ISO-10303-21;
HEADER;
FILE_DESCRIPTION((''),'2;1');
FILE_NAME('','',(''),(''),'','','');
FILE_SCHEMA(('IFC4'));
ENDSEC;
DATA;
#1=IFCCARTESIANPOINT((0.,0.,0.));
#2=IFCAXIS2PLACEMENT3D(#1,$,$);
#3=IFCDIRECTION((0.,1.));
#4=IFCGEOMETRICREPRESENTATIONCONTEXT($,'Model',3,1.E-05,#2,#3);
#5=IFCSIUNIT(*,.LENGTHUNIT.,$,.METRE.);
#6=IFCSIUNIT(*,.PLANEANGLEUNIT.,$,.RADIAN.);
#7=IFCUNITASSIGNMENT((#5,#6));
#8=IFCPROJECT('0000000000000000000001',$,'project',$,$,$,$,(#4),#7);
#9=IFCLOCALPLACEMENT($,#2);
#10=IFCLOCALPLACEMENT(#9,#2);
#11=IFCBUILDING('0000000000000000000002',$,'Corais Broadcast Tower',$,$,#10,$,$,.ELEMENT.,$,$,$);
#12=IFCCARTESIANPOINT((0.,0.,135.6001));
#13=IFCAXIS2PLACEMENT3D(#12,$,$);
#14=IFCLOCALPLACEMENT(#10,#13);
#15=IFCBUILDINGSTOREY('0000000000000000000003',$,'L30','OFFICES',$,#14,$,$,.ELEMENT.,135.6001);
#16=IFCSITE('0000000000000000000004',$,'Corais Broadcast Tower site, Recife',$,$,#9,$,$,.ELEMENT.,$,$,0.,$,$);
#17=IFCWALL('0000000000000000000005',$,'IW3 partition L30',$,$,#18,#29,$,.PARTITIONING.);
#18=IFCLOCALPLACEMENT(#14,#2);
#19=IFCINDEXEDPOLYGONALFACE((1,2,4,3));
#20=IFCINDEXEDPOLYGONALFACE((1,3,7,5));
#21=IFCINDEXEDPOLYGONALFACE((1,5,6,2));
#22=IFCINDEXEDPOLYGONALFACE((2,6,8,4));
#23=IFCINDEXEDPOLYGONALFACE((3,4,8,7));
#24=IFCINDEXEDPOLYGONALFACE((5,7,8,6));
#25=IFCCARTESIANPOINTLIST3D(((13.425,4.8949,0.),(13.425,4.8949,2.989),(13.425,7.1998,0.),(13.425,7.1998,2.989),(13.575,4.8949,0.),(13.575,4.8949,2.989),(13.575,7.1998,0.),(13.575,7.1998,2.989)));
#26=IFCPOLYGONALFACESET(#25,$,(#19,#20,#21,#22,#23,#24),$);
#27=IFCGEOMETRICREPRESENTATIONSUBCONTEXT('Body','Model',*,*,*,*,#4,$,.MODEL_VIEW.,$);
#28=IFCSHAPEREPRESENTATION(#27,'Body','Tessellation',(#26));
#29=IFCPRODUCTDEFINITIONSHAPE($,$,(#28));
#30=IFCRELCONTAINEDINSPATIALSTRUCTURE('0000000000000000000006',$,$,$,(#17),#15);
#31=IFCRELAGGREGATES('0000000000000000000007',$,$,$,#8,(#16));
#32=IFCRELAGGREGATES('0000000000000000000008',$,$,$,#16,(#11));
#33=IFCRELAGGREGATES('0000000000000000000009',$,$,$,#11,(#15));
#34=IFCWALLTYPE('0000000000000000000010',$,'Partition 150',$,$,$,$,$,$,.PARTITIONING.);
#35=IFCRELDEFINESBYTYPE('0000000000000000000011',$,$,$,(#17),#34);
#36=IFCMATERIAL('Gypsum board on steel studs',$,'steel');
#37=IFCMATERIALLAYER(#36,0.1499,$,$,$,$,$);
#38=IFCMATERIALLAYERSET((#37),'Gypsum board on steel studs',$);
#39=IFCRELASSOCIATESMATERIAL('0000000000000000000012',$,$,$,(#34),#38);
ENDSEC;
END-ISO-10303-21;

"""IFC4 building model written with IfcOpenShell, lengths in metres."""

from ifc_helpers import new_model, si_unit, direction, frame, frame_2d, origin, place, context, subcontext, project, spatial, rectangle, extrude, material, layer, layer_set, type_object, element, save


model = new_model("IFC4")

# Units and contexts
model_context = context("Model", 3, precision=1e-05, world=origin(), true_north=direction((0.0, 1.0)))
body_context = subcontext(model_context, "Body", "Model", "MODEL_VIEW")
ifc_project = project(units=[si_unit("LENGTHUNIT", "METRE"), si_unit("PLANEANGLEUNIT", "RADIAN")], contexts=[model_context])

# Site, building, storey
site_placement = place(None, origin())
site = spatial("IfcSite", under=ifc_project, at=site_placement, Name="Corais Broadcast Tower site, Recife", CompositionType="ELEMENT", RefElevation=0.0)
building_placement = place(site_placement, origin())
building = spatial("IfcBuilding", under=site, at=building_placement, Name="Corais Broadcast Tower", CompositionType="ELEMENT")
storey_placement = place(building_placement, frame((0.0, 0.0, 135.6001)))
storey = spatial("IfcBuildingStorey", under=building, at=storey_placement, Name="L30", Description="OFFICES", CompositionType="ELEMENT", Elevation=135.6001)

# Wall
ifc_material_1 = material(Name="Gypsum board on steel studs", Category="steel")
ifc_layer_1 = layer(ifc_material_1, 0.1499)
ifc_layer_set_1 = layer_set([ifc_layer_1], Name="Gypsum board on steel studs")
wall_type = type_object("IfcWallType", Name="Partition 150", PredefinedType="PARTITIONING", material=ifc_layer_set_1)
wall_placement = place(storey_placement, frame((13.5, 4.895, 0.0), z_axis=(0.0, 0.0, 1.0), x_axis=(0.0, 1.0, 0.0)))
element("IfcWall", 1, at=wall_placement, inside=storey, type_object=wall_type, Name="IW3 partition L30", PredefinedType="PARTITIONING", context=body_context, shape_type="SweptSolid", body=[
    extrude(rectangle(XDim=2.3049, YDim=0.1499, at=frame_2d((1.1523, 0.0))), origin(), (0.0, 0.0, 1.0), 2.989),
])

save(model, "model.ifc")
